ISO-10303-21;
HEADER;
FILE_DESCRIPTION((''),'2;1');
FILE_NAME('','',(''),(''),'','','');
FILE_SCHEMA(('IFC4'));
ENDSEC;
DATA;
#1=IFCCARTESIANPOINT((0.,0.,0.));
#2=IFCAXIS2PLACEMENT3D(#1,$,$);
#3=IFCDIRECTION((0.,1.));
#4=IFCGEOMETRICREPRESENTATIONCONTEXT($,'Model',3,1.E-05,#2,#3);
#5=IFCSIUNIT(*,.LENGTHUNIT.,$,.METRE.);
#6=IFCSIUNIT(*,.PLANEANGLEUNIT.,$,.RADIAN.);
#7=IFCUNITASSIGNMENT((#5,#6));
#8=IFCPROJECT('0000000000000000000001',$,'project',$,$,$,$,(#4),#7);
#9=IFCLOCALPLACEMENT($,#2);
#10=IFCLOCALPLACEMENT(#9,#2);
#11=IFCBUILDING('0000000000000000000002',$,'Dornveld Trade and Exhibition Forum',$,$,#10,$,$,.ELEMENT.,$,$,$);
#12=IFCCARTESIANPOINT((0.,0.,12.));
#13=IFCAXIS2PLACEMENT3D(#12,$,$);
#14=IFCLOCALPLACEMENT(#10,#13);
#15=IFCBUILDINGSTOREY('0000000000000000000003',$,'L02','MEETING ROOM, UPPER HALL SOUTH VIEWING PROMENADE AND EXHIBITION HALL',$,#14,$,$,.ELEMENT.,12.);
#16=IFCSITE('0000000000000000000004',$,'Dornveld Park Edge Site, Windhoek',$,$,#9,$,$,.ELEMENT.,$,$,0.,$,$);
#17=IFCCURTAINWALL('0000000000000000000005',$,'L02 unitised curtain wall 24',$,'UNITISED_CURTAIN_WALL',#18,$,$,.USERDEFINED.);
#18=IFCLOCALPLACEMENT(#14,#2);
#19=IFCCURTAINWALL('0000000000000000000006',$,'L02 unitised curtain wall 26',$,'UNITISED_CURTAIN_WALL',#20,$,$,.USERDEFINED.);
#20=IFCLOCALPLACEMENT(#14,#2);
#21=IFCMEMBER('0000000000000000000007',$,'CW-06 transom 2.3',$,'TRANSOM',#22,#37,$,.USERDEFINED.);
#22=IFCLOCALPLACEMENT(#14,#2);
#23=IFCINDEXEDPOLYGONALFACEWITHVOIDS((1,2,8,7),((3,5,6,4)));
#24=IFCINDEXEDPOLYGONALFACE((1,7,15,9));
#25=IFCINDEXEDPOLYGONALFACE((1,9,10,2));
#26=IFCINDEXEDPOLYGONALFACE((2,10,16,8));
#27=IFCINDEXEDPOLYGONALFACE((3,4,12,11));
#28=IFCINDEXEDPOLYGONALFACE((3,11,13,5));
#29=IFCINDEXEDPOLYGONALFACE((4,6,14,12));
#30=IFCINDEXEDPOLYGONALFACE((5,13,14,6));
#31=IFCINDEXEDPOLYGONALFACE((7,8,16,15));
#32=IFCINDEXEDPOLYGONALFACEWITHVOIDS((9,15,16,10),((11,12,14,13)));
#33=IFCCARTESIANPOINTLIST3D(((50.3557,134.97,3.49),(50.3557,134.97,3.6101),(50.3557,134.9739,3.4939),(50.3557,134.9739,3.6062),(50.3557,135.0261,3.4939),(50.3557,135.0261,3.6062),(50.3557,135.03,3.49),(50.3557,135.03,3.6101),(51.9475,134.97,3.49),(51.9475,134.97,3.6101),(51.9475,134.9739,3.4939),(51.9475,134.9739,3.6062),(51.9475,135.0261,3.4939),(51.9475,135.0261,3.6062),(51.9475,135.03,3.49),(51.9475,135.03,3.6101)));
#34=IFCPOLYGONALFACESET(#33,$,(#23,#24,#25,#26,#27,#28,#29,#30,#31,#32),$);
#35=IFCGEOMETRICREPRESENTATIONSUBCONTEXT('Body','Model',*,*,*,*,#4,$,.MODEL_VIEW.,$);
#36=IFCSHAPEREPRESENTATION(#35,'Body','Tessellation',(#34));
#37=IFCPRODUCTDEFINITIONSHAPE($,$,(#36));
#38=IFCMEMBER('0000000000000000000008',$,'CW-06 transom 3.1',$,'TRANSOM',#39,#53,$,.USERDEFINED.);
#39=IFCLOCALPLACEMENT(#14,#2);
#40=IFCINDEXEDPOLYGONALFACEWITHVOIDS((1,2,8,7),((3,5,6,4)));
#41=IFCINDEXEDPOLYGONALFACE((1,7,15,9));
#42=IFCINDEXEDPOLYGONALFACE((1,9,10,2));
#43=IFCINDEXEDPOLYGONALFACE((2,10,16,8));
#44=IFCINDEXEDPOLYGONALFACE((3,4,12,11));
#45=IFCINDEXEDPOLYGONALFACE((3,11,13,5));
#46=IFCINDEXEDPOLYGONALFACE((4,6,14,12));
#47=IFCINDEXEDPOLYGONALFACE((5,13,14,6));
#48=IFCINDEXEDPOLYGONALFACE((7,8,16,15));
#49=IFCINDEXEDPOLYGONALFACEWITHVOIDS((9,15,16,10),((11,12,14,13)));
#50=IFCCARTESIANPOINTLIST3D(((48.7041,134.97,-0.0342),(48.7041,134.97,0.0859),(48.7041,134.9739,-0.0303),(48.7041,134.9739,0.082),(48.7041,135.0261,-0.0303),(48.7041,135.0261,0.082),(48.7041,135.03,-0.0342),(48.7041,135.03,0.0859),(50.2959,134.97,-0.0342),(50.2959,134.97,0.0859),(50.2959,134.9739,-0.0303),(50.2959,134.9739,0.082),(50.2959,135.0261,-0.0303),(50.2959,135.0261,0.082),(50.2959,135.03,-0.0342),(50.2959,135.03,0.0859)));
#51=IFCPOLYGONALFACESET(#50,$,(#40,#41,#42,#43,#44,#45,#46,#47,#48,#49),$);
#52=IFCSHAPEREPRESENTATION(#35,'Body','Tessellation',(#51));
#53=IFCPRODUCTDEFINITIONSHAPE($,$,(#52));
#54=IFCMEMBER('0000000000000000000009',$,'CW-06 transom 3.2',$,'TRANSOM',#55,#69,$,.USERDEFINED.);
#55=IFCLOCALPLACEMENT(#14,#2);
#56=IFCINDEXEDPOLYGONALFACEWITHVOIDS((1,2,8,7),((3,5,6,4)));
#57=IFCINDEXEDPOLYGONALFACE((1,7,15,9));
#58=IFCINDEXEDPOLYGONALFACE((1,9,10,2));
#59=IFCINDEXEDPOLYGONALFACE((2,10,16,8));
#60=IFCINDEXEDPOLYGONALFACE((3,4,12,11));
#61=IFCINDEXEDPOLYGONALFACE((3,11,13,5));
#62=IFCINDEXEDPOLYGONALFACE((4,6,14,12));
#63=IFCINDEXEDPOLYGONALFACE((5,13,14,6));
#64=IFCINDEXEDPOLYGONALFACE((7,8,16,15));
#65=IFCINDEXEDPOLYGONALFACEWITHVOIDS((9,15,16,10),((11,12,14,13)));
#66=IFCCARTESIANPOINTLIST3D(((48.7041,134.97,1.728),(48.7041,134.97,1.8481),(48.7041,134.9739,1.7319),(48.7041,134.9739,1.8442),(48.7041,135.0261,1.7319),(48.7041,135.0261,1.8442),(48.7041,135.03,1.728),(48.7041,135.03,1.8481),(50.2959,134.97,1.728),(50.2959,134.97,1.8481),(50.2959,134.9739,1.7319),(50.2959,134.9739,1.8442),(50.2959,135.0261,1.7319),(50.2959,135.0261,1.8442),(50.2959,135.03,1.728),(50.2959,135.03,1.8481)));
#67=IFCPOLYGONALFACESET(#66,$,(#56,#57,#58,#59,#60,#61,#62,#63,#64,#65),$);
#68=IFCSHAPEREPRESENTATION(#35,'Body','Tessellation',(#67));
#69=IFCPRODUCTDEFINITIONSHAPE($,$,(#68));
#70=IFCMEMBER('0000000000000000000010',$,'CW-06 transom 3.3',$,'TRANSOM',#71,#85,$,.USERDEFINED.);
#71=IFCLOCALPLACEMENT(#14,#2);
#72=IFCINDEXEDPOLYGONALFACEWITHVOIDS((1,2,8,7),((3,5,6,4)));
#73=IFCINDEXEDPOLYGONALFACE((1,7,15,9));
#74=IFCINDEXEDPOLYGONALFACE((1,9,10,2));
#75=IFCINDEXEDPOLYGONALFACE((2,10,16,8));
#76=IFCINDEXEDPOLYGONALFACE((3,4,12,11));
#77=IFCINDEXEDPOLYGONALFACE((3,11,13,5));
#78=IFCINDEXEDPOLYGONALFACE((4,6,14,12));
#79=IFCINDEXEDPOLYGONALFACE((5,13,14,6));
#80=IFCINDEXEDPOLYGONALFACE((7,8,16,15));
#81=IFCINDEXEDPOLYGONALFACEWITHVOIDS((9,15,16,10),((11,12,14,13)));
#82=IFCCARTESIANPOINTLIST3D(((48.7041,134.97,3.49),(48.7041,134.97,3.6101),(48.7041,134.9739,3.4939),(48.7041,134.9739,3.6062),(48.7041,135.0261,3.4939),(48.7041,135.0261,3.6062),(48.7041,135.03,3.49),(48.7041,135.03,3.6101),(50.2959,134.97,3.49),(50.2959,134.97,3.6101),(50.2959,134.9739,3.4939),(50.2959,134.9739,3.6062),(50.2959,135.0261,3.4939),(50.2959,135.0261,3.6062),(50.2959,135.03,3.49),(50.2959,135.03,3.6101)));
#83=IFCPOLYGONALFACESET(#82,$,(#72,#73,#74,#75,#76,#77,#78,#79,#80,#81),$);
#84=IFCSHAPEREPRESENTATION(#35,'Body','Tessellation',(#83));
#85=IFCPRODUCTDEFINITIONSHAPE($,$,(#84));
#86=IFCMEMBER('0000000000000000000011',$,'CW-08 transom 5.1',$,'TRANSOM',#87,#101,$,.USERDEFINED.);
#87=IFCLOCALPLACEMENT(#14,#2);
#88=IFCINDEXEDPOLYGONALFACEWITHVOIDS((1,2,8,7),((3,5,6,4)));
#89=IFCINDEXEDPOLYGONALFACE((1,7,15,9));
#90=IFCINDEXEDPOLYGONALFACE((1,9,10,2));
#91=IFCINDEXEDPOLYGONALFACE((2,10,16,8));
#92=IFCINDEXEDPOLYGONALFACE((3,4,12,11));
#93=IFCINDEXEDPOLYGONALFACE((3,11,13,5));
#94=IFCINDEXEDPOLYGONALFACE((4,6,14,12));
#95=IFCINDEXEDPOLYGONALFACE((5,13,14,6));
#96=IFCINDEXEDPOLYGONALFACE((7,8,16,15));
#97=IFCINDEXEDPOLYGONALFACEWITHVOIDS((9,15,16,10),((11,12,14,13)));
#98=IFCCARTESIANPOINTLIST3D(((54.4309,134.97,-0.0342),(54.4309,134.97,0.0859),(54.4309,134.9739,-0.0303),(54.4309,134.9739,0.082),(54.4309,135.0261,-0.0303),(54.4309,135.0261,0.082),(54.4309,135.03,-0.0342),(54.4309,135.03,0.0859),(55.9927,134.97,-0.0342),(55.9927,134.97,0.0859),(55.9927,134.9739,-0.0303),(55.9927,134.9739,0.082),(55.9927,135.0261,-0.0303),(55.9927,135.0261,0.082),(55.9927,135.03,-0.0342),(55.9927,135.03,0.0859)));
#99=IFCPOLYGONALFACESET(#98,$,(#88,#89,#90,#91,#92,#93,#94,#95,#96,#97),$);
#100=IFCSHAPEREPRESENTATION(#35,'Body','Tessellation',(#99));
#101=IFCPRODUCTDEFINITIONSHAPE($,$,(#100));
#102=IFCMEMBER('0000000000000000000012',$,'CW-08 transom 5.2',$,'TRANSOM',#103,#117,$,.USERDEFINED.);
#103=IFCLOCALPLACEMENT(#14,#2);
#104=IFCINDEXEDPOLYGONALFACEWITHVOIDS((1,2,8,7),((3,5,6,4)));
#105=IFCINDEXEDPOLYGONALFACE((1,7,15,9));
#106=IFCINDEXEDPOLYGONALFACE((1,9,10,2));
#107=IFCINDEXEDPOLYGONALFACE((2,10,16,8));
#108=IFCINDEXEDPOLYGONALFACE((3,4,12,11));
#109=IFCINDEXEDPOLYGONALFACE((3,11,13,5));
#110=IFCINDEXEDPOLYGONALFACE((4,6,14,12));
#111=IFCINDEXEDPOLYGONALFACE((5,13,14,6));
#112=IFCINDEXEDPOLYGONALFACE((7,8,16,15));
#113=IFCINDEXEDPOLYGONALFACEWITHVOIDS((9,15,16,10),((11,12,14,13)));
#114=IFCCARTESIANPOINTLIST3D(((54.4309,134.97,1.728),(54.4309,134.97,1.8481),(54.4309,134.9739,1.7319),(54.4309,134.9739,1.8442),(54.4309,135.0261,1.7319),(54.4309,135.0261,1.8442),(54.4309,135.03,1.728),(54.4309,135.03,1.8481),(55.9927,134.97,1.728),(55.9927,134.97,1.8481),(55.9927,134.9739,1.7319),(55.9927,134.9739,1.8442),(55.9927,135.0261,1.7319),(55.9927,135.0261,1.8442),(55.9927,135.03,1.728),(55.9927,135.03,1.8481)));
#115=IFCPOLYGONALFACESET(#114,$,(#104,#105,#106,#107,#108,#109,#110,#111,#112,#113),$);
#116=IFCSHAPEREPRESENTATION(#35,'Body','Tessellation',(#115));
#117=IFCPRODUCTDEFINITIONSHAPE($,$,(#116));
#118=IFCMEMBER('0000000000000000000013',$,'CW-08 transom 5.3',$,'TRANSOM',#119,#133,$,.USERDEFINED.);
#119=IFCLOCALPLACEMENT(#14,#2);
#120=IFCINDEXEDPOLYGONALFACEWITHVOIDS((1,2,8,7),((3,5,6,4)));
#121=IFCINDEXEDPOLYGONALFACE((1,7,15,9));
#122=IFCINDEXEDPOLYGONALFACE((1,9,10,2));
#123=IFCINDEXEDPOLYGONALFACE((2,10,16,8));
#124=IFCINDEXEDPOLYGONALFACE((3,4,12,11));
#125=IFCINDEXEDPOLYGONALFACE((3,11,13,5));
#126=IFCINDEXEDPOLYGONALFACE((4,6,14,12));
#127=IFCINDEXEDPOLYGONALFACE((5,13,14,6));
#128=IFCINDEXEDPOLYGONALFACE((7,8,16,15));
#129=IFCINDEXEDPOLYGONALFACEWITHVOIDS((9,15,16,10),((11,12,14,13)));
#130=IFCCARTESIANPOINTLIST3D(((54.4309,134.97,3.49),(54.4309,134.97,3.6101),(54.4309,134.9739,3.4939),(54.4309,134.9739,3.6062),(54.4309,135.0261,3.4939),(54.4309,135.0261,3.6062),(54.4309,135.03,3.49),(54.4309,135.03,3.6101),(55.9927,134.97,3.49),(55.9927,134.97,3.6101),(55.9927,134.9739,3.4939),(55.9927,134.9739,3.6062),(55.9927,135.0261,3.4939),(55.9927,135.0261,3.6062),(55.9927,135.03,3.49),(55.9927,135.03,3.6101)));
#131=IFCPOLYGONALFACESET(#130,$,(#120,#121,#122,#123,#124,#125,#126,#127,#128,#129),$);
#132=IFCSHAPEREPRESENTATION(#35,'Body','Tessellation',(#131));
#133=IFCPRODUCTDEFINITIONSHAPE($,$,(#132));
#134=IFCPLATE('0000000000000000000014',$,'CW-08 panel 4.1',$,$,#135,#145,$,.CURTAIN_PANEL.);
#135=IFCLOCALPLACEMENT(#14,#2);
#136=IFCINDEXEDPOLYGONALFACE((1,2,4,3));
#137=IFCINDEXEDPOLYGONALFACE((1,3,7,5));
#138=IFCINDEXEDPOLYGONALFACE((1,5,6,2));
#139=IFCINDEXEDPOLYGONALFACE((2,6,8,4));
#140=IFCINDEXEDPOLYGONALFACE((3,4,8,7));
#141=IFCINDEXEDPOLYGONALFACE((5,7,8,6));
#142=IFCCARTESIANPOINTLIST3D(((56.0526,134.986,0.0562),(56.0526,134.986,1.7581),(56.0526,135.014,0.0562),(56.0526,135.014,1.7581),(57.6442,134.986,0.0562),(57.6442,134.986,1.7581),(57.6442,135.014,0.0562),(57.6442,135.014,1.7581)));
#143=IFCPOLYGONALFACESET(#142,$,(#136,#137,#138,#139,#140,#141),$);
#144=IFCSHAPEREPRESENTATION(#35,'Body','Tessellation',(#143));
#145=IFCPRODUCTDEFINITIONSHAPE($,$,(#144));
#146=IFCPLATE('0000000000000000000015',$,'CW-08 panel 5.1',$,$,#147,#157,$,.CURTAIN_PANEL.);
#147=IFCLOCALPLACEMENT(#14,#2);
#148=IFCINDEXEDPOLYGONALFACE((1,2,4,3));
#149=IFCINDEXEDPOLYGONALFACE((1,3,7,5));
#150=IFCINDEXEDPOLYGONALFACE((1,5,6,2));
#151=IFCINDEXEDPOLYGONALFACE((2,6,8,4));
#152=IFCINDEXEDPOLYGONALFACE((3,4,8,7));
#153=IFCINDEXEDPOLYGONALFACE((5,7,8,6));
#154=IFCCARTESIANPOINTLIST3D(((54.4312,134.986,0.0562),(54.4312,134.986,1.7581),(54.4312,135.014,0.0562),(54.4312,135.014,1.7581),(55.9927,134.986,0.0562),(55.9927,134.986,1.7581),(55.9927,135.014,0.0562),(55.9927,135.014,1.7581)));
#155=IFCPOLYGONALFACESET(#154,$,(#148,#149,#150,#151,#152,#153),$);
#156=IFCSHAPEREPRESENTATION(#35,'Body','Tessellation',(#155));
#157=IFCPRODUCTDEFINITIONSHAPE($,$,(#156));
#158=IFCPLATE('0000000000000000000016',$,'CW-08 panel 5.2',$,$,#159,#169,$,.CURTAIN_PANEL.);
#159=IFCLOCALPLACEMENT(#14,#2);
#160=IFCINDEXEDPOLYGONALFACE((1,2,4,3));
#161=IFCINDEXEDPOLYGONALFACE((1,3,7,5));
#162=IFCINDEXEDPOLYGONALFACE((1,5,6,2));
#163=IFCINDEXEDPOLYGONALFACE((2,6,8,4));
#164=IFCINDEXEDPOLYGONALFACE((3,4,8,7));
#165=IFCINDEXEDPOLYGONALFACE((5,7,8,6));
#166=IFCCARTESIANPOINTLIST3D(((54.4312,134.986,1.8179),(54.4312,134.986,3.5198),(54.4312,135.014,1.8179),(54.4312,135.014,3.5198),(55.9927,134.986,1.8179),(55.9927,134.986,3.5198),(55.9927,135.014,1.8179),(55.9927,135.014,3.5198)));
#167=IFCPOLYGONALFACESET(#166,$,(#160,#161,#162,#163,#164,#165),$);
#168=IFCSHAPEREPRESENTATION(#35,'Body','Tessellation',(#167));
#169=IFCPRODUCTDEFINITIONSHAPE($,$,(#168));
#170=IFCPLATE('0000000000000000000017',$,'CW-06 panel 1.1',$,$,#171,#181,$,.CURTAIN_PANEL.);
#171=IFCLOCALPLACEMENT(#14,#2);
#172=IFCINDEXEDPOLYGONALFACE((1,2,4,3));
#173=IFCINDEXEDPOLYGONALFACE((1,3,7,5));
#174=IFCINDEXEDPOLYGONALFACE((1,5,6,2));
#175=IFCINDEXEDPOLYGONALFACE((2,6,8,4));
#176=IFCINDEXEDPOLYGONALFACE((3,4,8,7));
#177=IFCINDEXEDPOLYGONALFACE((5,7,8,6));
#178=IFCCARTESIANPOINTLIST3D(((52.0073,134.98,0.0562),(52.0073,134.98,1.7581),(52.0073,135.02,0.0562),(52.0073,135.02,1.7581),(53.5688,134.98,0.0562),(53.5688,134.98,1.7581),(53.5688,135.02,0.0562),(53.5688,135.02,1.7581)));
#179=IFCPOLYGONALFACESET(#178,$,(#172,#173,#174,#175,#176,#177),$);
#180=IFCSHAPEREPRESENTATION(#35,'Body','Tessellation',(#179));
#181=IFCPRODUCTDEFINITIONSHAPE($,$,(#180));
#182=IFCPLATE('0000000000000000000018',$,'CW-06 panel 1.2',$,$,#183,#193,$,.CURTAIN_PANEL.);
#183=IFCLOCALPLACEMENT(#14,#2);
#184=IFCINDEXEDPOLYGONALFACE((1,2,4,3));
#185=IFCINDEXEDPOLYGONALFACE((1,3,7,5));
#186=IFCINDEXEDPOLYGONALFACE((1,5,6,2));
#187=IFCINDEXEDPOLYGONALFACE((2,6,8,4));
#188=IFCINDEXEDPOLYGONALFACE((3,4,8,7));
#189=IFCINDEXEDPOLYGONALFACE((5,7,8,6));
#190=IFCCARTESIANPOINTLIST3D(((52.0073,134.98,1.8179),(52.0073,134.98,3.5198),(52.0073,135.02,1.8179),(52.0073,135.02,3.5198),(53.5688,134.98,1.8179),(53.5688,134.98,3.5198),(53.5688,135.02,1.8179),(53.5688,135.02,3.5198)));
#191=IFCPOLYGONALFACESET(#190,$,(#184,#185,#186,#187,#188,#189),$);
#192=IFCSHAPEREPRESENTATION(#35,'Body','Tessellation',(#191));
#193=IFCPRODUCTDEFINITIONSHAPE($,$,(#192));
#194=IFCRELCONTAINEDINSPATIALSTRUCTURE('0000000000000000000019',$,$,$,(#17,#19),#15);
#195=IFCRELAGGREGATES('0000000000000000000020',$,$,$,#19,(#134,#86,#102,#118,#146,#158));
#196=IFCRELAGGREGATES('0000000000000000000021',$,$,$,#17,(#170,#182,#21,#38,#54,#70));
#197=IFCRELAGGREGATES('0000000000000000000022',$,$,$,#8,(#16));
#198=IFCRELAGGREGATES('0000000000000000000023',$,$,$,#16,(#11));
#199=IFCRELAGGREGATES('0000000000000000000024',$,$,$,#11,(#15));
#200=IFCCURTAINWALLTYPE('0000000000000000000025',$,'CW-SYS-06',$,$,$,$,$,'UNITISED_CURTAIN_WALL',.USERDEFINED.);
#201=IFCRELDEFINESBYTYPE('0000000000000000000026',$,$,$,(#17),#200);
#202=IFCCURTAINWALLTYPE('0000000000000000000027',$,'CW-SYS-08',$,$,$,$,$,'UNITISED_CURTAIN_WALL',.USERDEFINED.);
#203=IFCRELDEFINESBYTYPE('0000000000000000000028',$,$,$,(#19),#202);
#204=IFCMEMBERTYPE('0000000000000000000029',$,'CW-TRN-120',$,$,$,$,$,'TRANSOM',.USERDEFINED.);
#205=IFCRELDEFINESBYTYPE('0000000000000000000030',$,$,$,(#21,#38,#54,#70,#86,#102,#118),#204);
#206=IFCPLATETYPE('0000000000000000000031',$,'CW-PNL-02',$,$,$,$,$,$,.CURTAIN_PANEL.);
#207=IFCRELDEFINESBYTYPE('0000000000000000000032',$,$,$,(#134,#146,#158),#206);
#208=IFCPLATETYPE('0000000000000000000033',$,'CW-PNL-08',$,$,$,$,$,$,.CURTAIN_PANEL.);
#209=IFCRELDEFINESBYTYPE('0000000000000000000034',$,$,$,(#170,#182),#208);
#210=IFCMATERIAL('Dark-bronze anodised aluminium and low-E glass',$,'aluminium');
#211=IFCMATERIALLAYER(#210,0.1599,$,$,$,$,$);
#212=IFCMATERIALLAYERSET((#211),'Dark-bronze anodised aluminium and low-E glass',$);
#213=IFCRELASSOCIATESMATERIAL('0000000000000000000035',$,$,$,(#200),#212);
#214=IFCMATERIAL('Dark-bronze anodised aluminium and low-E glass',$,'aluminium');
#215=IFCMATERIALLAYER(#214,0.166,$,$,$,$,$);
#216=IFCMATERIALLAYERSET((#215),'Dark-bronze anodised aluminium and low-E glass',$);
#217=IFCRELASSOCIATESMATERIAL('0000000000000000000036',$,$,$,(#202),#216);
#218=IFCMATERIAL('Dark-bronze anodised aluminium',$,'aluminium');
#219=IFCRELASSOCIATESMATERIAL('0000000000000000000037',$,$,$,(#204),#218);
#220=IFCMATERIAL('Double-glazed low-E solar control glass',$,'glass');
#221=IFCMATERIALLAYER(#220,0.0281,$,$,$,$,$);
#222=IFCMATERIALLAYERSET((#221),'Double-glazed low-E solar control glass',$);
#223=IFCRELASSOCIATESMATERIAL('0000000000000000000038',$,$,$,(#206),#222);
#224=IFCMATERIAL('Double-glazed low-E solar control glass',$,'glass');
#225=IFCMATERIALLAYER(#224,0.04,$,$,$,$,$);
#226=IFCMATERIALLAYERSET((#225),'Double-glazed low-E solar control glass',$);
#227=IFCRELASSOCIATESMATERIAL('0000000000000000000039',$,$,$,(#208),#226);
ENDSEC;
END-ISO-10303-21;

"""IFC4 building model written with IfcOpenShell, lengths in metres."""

from ifc_helpers import new_model, si_unit, direction, frame, origin, origin_2d, place, context, subcontext, project, spatial, rectangle, hollow_rectangle, extrude, material, layer, layer_set, material_profile, profile_set, type_object, element, aggregate, save


model = new_model("IFC4")

# Units and contexts
model_context = context("Model", 3, precision=1e-05, world=origin(), true_north=direction((0.0, 1.0)))
body_context = subcontext(model_context, "Body", "Model", "MODEL_VIEW")
ifc_project = project(units=[si_unit("LENGTHUNIT", "METRE"), si_unit("PLANEANGLEUNIT", "RADIAN")], contexts=[model_context])

# Site, building, storey
site_placement = place(None, origin())
site = spatial("IfcSite", under=ifc_project, at=site_placement, Name="Dornveld Park Edge Site, Windhoek", CompositionType="ELEMENT", RefElevation=0.0)
building_placement = place(site_placement, origin())
building = spatial("IfcBuilding", under=site, at=building_placement, Name="Dornveld Trade and Exhibition Forum", CompositionType="ELEMENT")
storey_placement = place(building_placement, frame((0.0, 0.0, 12.0)))
storey = spatial("IfcBuildingStorey", under=building, at=storey_placement, Name="L02", Description="MEETING ROOM, UPPER HALL SOUTH VIEWING PROMENADE AND EXHIBITION HALL", CompositionType="ELEMENT", Elevation=12.0)

# Curtain walls
ifc_material_1 = material(Name="Dark-bronze anodised aluminium and low-E glass", Category="aluminium")
ifc_layer_1 = layer(ifc_material_1, 0.1599)
ifc_layer_set_1 = layer_set([ifc_layer_1], Name="Dark-bronze anodised aluminium and low-E glass")
curtain_wall_type_1 = type_object("IfcCurtainWallType", Name="CW-SYS-06", ElementType="UNITISED_CURTAIN_WALL", PredefinedType="USERDEFINED", material=ifc_layer_set_1)
curtain_wall_1_placement = place(storey_placement, origin())
curtain_wall_1 = element("IfcCurtainWall", 1, at=curtain_wall_1_placement, inside=storey, type_object=curtain_wall_type_1, Name="L02 unitised curtain wall 24", ObjectType="UNITISED_CURTAIN_WALL", PredefinedType="USERDEFINED")
ifc_material_2 = material(Name="Dark-bronze anodised aluminium and low-E glass", Category="aluminium")
ifc_layer_2 = layer(ifc_material_2, 0.166)
ifc_layer_set_2 = layer_set([ifc_layer_2], Name="Dark-bronze anodised aluminium and low-E glass")
curtain_wall_type_2 = type_object("IfcCurtainWallType", Name="CW-SYS-08", ElementType="UNITISED_CURTAIN_WALL", PredefinedType="USERDEFINED", material=ifc_layer_set_2)
curtain_wall_2_placement = place(storey_placement, origin())
curtain_wall_2 = element("IfcCurtainWall", 2, at=curtain_wall_2_placement, inside=storey, type_object=curtain_wall_type_2, Name="L02 unitised curtain wall 26", ObjectType="UNITISED_CURTAIN_WALL", PredefinedType="USERDEFINED")

# Members
ifc_material_3 = material(Name="Dark-bronze anodised aluminium", Category="aluminium")
ifc_material_profile_1 = material_profile(ifc_material_3, hollow_rectangle(XDim=0.0601, YDim=0.1201, WallThickness=0.0039, at=origin_2d()), Name="RHS 120x60x4")
ifc_profile_set_1 = profile_set([ifc_material_profile_1], Name="Dark-bronze anodised aluminium")
member_type_1 = type_object("IfcMemberType", Name="CW-TRN-120", ElementType="TRANSOM", PredefinedType="USERDEFINED", material=ifc_profile_set_1)
member_1_placement = place(storey_placement, frame((51.9475, 135.0, 3.55), z_axis=(-1.0, 0.0, 0.0), x_axis=(0.0, -1.0, 0.0)))
member_1 = element("IfcMember", 3, at=member_1_placement, type_object=member_type_1, Name="CW-06 transom 2.3", ObjectType="TRANSOM", PredefinedType="USERDEFINED", context=body_context, shape_type="SweptSolid", body=[
    extrude(hollow_rectangle(XDim=0.0601, YDim=0.1201, WallThickness=0.0039, at=origin_2d()), origin(), (0.0, 0.0, 1.0), 1.5918),
])
member_2_placement = place(storey_placement, frame((50.2959, 135.0, 0.0259), z_axis=(-1.0, 0.0, 0.0), x_axis=(0.0, -1.0, 0.0)))
member_2 = element("IfcMember", 4, at=member_2_placement, type_object=member_type_1, Name="CW-06 transom 3.1", ObjectType="TRANSOM", PredefinedType="USERDEFINED", context=body_context, shape_type="SweptSolid", body=[
    extrude(hollow_rectangle(XDim=0.0601, YDim=0.1201, WallThickness=0.0039, at=origin_2d()), origin(), (0.0, 0.0, 1.0), 1.5918),
])
member_3_placement = place(storey_placement, frame((50.2959, 135.0, 1.7881), z_axis=(-1.0, 0.0, 0.0), x_axis=(0.0, -1.0, 0.0)))
member_3 = element("IfcMember", 5, at=member_3_placement, type_object=member_type_1, Name="CW-06 transom 3.2", ObjectType="TRANSOM", PredefinedType="USERDEFINED", context=body_context, shape_type="SweptSolid", body=[
    extrude(hollow_rectangle(XDim=0.0601, YDim=0.1201, WallThickness=0.0039, at=origin_2d()), origin(), (0.0, 0.0, 1.0), 1.5918),
])
member_4_placement = place(storey_placement, frame((50.2959, 135.0, 3.55), z_axis=(-1.0, 0.0, 0.0), x_axis=(0.0, -1.0, 0.0)))
member_4 = element("IfcMember", 6, at=member_4_placement, type_object=member_type_1, Name="CW-06 transom 3.3", ObjectType="TRANSOM", PredefinedType="USERDEFINED", context=body_context, shape_type="SweptSolid", body=[
    extrude(hollow_rectangle(XDim=0.0601, YDim=0.1201, WallThickness=0.0039, at=origin_2d()), origin(), (0.0, 0.0, 1.0), 1.5918),
])
member_5_placement = place(storey_placement, frame((55.9927, 135.0, 0.0259), z_axis=(-1.0, 0.0, 0.0), x_axis=(0.0, -1.0, 0.0)))
member_5 = element("IfcMember", 7, at=member_5_placement, type_object=member_type_1, Name="CW-08 transom 5.1", ObjectType="TRANSOM", PredefinedType="USERDEFINED", context=body_context, shape_type="SweptSolid", body=[
    extrude(hollow_rectangle(XDim=0.0601, YDim=0.1201, WallThickness=0.0039, at=origin_2d()), origin(), (0.0, 0.0, 1.0), 1.5618),
])
member_6_placement = place(storey_placement, frame((55.9927, 135.0, 1.7881), z_axis=(-1.0, 0.0, 0.0), x_axis=(0.0, -1.0, 0.0)))
member_6 = element("IfcMember", 8, at=member_6_placement, type_object=member_type_1, Name="CW-08 transom 5.2", ObjectType="TRANSOM", PredefinedType="USERDEFINED", context=body_context, shape_type="SweptSolid", body=[
    extrude(hollow_rectangle(XDim=0.0601, YDim=0.1201, WallThickness=0.0039, at=origin_2d()), origin(), (0.0, 0.0, 1.0), 1.5618),
])
member_7_placement = place(storey_placement, frame((55.9927, 135.0, 3.55), z_axis=(-1.0, 0.0, 0.0), x_axis=(0.0, -1.0, 0.0)))
member_7 = element("IfcMember", 9, at=member_7_placement, type_object=member_type_1, Name="CW-08 transom 5.3", ObjectType="TRANSOM", PredefinedType="USERDEFINED", context=body_context, shape_type="SweptSolid", body=[
    extrude(hollow_rectangle(XDim=0.0601, YDim=0.1201, WallThickness=0.0039, at=origin_2d()), origin(), (0.0, 0.0, 1.0), 1.5618),
])

# Plates
ifc_material_4 = material(Name="Double-glazed low-E solar control glass", Category="glass")
ifc_layer_3 = layer(ifc_material_4, 0.0281)
ifc_layer_set_3 = layer_set([ifc_layer_3], Name="Double-glazed low-E solar control glass")
plate_type_1 = type_object("IfcPlateType", Name="CW-PNL-02", PredefinedType="CURTAIN_PANEL", material=ifc_layer_set_3)
plate_1_placement = place(storey_placement, frame((56.8484, 135.0, 0.0562), z_axis=(0.0, 0.0, 1.0), x_axis=(-1.0, 0.0, 0.0)))
plate_1 = element("IfcPlate", 10, at=plate_1_placement, type_object=plate_type_1, Name="CW-08 panel 4.1", PredefinedType="CURTAIN_PANEL", context=body_context, shape_type="SweptSolid", body=[
    extrude(rectangle(XDim=1.5916, YDim=0.0281, at=origin_2d()), origin(), (0.0, 0.0, 1.0), 1.7019),
])
plate_2_placement = place(storey_placement, frame((55.2119, 135.0, 0.0562), z_axis=(0.0, 0.0, 1.0), x_axis=(-1.0, 0.0, 0.0)))
plate_2 = element("IfcPlate", 11, at=plate_2_placement, type_object=plate_type_1, Name="CW-08 panel 5.1", PredefinedType="CURTAIN_PANEL", context=body_context, shape_type="SweptSolid", body=[
    extrude(rectangle(XDim=1.5615, YDim=0.0281, at=origin_2d()), origin(), (0.0, 0.0, 1.0), 1.7019),
])
plate_3_placement = place(storey_placement, frame((55.2119, 135.0, 1.8179), z_axis=(0.0, 0.0, 1.0), x_axis=(-1.0, 0.0, 0.0)))
plate_3 = element("IfcPlate", 12, at=plate_3_placement, type_object=plate_type_1, Name="CW-08 panel 5.2", PredefinedType="CURTAIN_PANEL", context=body_context, shape_type="SweptSolid", body=[
    extrude(rectangle(XDim=1.5615, YDim=0.0281, at=origin_2d()), origin(), (0.0, 0.0, 1.0), 1.7019),
])
aggregate(curtain_wall_2, [plate_1, member_5, member_6, member_7, plate_2, plate_3])
ifc_material_5 = material(Name="Double-glazed low-E solar control glass", Category="glass")
ifc_layer_4 = layer(ifc_material_5, 0.04)
ifc_layer_set_4 = layer_set([ifc_layer_4], Name="Double-glazed low-E solar control glass")
plate_type_2 = type_object("IfcPlateType", Name="CW-PNL-08", PredefinedType="CURTAIN_PANEL", material=ifc_layer_set_4)
plate_4_placement = place(storey_placement, frame((52.7881, 135.0, 0.0562), z_axis=(0.0, 0.0, 1.0), x_axis=(-1.0, 0.0, 0.0)))
plate_4 = element("IfcPlate", 13, at=plate_4_placement, type_object=plate_type_2, Name="CW-06 panel 1.1", PredefinedType="CURTAIN_PANEL", context=body_context, shape_type="SweptSolid", body=[
    extrude(rectangle(XDim=1.5615, YDim=0.04, at=origin_2d()), origin(), (0.0, 0.0, 1.0), 1.7019),
])
plate_5_placement = place(storey_placement, frame((52.7881, 135.0, 1.8179), z_axis=(0.0, 0.0, 1.0), x_axis=(-1.0, 0.0, 0.0)))
plate_5 = element("IfcPlate", 14, at=plate_5_placement, type_object=plate_type_2, Name="CW-06 panel 1.2", PredefinedType="CURTAIN_PANEL", context=body_context, shape_type="SweptSolid", body=[
    extrude(rectangle(XDim=1.5615, YDim=0.04, at=origin_2d()), origin(), (0.0, 0.0, 1.0), 1.7019),
])
aggregate(curtain_wall_1, [plate_4, plate_5, member_1, member_2, member_3, member_4])

save(model, "model.ifc")
